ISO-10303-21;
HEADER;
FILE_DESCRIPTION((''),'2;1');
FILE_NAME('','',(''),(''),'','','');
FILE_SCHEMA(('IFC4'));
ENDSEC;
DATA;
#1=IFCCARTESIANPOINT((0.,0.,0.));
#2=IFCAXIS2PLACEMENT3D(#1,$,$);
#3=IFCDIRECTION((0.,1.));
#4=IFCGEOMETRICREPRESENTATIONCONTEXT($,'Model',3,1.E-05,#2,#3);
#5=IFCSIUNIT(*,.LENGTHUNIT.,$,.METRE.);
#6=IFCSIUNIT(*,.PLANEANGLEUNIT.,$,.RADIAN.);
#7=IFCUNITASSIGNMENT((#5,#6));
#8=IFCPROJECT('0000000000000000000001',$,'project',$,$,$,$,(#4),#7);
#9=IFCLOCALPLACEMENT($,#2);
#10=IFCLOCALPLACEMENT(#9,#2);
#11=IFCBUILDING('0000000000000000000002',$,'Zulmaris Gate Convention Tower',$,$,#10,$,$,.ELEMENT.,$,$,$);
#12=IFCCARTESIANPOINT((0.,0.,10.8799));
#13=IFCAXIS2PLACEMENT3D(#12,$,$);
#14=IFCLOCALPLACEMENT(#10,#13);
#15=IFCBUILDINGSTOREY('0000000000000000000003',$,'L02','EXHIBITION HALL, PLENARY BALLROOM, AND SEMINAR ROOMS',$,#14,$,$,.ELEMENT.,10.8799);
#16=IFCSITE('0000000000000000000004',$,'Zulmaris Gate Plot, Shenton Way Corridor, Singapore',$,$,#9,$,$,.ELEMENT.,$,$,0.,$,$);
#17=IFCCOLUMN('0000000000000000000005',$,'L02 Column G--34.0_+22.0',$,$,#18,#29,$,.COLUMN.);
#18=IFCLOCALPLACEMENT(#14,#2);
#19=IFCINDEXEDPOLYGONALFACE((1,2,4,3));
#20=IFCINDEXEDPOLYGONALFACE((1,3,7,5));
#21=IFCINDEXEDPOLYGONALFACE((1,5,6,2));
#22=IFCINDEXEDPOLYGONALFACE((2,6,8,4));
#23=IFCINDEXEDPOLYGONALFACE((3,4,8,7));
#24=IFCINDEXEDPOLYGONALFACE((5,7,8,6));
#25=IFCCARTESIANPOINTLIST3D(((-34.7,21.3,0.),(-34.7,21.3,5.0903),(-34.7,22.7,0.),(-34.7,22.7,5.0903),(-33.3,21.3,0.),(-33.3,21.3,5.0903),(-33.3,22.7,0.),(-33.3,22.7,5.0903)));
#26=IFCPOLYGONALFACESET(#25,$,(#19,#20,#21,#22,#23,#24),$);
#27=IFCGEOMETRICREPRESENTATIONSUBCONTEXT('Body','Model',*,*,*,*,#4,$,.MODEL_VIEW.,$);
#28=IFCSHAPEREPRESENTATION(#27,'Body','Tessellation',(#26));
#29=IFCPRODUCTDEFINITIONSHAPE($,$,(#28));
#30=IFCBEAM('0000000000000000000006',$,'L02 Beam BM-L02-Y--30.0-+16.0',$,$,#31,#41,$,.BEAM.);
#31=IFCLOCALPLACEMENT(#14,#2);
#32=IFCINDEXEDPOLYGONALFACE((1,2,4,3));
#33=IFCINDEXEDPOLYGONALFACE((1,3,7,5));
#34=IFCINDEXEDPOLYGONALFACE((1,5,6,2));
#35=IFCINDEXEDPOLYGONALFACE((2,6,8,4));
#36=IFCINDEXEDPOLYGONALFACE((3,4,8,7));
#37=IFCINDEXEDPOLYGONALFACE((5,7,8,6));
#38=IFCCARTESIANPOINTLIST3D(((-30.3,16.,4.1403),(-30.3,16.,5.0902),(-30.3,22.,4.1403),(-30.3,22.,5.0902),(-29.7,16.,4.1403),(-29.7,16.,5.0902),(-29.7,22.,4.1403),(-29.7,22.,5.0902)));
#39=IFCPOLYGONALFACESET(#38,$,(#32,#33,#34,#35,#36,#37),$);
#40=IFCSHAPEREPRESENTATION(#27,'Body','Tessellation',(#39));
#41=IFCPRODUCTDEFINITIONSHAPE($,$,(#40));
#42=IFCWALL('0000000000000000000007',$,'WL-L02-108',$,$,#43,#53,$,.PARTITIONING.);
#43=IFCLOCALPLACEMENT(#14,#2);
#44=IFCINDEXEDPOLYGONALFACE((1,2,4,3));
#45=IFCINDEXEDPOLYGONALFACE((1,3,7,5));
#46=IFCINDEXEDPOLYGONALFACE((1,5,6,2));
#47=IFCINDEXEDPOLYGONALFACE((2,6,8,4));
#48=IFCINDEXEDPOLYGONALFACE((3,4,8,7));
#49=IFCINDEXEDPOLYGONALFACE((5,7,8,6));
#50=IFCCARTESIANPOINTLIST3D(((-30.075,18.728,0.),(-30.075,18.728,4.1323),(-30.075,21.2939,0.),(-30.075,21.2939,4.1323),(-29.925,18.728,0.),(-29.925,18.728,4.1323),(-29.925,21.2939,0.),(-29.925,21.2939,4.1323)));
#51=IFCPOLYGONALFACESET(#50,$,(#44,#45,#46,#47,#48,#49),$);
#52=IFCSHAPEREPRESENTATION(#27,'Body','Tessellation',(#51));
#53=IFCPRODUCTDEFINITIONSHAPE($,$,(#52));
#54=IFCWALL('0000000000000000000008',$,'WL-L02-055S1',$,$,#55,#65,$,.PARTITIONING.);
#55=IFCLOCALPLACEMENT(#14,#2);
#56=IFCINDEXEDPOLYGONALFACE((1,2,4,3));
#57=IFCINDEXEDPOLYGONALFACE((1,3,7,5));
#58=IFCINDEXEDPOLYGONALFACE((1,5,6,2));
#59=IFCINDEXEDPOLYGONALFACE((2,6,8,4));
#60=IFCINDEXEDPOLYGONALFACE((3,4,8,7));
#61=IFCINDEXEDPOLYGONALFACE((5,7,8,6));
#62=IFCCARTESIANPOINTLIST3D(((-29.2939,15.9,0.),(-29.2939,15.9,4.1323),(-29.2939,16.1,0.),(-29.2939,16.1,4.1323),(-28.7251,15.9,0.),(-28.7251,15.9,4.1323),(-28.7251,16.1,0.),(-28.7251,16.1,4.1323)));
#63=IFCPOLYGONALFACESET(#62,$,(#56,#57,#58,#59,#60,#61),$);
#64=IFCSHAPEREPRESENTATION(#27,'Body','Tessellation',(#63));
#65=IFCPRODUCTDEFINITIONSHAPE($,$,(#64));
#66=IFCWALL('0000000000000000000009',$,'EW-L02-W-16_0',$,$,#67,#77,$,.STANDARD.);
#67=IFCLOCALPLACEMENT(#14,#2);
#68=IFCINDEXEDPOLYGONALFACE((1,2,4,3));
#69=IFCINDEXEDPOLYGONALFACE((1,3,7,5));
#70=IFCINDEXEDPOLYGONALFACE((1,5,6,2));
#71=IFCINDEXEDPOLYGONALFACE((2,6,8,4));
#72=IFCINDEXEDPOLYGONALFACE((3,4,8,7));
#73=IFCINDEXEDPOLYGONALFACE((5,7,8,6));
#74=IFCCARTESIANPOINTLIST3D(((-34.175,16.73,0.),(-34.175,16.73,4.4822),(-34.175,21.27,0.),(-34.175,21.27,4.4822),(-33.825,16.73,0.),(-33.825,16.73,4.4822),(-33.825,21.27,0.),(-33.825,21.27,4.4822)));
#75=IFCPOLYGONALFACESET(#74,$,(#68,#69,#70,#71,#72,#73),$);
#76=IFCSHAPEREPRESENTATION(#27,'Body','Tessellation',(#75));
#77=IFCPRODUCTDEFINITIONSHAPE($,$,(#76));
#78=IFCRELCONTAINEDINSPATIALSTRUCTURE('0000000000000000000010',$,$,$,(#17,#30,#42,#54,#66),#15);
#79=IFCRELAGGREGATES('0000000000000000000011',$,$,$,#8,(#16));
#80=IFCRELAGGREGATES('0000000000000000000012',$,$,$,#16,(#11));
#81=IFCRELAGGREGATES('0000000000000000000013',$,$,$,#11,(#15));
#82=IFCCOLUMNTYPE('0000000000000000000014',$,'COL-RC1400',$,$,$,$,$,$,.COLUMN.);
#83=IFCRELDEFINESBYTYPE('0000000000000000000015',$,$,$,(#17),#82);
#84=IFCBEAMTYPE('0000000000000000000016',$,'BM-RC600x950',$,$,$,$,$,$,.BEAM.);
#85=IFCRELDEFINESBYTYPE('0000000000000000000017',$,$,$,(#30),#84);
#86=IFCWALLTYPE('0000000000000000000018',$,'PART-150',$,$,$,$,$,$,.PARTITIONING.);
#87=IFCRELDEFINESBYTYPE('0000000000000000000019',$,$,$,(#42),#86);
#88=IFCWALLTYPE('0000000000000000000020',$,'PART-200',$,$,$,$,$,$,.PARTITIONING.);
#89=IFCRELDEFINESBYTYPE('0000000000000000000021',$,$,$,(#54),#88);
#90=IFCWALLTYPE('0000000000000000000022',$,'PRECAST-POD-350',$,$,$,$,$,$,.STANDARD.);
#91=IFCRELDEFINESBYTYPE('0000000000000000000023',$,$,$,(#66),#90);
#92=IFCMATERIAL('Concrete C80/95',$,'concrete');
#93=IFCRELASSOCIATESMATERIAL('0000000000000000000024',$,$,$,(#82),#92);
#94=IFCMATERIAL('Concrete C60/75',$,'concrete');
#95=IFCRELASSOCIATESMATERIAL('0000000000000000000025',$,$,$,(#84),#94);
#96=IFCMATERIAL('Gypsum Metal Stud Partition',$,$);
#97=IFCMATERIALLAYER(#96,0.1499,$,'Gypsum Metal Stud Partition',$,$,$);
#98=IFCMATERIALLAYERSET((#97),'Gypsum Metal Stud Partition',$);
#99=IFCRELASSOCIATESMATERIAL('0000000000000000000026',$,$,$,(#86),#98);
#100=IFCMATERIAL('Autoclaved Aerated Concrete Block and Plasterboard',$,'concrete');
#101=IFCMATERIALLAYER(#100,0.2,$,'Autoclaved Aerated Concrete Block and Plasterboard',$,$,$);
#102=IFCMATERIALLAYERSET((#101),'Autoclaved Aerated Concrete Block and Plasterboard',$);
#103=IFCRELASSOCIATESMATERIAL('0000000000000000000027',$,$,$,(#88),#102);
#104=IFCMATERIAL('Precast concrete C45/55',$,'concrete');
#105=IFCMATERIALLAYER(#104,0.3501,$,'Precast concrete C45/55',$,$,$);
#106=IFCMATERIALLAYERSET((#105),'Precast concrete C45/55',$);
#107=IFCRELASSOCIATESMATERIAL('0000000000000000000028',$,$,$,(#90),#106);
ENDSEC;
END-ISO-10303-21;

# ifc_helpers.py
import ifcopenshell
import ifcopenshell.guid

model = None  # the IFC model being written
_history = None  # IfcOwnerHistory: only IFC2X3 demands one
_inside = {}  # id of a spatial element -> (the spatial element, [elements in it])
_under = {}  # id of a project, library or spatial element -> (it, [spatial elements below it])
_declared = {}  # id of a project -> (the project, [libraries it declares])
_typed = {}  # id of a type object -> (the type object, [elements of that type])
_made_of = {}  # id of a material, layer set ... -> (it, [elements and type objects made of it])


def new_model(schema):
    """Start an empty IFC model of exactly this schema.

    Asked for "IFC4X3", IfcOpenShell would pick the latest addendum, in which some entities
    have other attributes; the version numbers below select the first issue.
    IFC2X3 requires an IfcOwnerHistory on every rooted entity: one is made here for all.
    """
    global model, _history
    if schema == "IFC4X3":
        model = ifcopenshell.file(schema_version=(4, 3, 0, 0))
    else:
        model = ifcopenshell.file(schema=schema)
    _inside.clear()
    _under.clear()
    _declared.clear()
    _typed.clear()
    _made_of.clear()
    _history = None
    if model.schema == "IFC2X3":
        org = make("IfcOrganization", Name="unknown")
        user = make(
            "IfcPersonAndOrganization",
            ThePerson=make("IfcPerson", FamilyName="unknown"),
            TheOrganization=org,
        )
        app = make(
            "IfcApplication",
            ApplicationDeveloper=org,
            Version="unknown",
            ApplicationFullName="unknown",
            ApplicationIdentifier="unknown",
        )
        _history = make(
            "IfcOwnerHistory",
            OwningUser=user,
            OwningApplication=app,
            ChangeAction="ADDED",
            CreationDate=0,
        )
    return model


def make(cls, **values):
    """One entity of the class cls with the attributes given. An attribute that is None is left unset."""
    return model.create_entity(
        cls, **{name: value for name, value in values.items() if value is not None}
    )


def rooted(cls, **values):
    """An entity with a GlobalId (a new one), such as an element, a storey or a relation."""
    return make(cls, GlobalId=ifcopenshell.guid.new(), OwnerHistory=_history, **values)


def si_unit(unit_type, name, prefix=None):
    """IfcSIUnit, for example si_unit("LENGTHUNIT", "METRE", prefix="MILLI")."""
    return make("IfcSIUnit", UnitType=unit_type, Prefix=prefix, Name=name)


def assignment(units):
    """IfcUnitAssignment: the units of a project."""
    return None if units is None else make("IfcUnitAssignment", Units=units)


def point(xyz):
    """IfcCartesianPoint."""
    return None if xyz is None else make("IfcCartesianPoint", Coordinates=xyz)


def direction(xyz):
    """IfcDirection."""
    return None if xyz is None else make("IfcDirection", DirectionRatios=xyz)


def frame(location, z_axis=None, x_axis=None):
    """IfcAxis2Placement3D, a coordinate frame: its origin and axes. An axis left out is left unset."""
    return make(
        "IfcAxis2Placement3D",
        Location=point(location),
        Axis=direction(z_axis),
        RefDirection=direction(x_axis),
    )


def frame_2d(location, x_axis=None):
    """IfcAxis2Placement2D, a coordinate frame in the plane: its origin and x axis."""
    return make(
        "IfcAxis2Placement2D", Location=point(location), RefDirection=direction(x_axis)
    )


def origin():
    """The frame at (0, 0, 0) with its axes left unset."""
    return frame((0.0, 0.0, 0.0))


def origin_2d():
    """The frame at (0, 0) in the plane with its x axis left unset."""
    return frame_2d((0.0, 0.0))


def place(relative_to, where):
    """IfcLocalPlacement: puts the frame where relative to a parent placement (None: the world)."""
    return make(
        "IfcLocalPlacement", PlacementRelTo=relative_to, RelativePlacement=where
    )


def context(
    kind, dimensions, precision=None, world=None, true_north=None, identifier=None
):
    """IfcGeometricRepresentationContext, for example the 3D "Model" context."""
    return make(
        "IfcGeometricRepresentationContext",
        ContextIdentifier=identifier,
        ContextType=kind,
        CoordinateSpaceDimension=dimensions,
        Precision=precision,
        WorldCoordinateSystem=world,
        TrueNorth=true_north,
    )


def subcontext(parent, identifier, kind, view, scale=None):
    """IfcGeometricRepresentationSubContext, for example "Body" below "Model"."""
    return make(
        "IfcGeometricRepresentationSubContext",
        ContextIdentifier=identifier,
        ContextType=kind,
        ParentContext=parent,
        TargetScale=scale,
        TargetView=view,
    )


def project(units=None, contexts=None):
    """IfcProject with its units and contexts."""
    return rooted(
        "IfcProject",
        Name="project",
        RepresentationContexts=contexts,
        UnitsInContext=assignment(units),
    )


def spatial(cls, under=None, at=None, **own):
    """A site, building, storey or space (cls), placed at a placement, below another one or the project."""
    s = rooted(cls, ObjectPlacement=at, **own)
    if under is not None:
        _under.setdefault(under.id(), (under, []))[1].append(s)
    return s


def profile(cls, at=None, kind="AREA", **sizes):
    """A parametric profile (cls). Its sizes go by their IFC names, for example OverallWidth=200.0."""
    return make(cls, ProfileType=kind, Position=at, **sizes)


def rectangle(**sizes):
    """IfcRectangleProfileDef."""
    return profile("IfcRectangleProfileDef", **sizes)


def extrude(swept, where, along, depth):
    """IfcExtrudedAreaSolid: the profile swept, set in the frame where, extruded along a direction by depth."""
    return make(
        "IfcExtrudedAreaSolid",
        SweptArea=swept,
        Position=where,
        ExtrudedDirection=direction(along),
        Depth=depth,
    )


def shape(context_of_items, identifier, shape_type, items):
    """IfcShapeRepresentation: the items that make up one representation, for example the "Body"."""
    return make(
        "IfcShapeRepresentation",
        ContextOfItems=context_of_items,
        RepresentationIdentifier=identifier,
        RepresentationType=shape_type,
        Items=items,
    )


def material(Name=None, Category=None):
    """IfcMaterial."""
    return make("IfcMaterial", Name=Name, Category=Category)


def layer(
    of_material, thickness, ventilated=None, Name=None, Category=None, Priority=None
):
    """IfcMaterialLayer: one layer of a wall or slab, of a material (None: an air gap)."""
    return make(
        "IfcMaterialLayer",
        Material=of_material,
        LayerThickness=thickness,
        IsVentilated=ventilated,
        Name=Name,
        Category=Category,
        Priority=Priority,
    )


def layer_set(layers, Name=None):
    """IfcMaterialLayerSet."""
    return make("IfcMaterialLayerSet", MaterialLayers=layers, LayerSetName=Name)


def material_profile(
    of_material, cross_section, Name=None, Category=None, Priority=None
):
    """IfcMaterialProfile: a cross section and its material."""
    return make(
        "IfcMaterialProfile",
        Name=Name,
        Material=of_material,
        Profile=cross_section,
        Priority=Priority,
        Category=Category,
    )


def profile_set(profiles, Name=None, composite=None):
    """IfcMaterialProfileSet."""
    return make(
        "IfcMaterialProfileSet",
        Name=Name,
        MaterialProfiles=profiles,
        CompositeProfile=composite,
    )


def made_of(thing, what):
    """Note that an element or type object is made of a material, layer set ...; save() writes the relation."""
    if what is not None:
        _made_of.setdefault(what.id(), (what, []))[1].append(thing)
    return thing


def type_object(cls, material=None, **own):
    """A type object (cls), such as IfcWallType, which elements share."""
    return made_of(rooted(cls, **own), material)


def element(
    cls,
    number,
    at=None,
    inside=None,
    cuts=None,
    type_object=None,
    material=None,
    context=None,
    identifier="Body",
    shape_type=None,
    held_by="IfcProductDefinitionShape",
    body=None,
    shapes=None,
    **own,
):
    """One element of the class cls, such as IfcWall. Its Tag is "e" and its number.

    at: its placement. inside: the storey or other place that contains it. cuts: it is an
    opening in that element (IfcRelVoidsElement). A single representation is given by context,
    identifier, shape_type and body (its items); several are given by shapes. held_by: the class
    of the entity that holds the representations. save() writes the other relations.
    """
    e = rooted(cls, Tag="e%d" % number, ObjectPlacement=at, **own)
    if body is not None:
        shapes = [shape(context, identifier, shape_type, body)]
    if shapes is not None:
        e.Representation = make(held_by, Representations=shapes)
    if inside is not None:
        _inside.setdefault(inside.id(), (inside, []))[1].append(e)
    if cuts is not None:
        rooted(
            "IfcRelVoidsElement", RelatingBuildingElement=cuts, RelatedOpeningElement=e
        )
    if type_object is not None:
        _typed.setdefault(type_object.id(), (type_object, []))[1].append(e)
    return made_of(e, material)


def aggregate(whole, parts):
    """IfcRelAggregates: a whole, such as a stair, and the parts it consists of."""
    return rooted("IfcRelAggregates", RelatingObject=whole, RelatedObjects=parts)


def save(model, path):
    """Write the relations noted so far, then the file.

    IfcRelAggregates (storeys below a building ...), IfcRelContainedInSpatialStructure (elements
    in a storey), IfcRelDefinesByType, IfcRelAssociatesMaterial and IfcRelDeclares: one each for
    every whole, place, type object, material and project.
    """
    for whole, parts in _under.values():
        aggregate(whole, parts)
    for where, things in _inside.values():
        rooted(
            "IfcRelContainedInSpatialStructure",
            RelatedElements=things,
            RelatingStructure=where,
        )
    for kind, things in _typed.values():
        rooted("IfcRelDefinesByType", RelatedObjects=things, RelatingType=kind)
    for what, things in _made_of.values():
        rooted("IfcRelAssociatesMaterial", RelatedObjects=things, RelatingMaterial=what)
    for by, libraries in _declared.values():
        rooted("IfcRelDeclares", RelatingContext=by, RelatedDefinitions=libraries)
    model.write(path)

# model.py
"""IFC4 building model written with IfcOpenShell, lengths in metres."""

from ifc_helpers import new_model, si_unit, direction, frame, frame_2d, origin, origin_2d, place, context, subcontext, project, spatial, rectangle, extrude, material, layer, layer_set, material_profile, profile_set, type_object, element, save


model = new_model("IFC4")

# Units and contexts
model_context = context("Model", 3, precision=1e-05, world=origin(), true_north=direction((0.0, 1.0)))
body_context = subcontext(model_context, "Body", "Model", "MODEL_VIEW")
ifc_project = project(units=[si_unit("LENGTHUNIT", "METRE"), si_unit("PLANEANGLEUNIT", "RADIAN")], contexts=[model_context])

# Site, building, storey
site_placement = place(None, origin())
site = spatial("IfcSite", under=ifc_project, at=site_placement, Name="Zulmaris Gate Plot, Shenton Way Corridor, Singapore", CompositionType="ELEMENT", RefElevation=0.0)
building_placement = place(site_placement, origin())
building = spatial("IfcBuilding", under=site, at=building_placement, Name="Zulmaris Gate Convention Tower", CompositionType="ELEMENT")
storey_placement = place(building_placement, frame((0.0, 0.0, 10.8799)))
storey = spatial("IfcBuildingStorey", under=building, at=storey_placement, Name="L02", Description="EXHIBITION HALL, PLENARY BALLROOM, AND SEMINAR ROOMS", CompositionType="ELEMENT", Elevation=10.8799)

# Column
ifc_material_1 = material(Name="Concrete C80/95", Category="concrete")
ifc_material_profile_1 = material_profile(ifc_material_1, rectangle(XDim=1.3999, YDim=1.3999, at=origin_2d()), Name="RC COL 1400x1400")
ifc_profile_set_1 = profile_set([ifc_material_profile_1], Name="Concrete C80/95")
column_type = type_object("IfcColumnType", Name="COL-RC1400", PredefinedType="COLUMN", material=ifc_profile_set_1)
column_placement = place(storey_placement, frame((-34.0, 22.0, 0.0), z_axis=(0.0, 0.0, 1.0), x_axis=(1.0, 0.0, 0.0)))
element("IfcColumn", 1, at=column_placement, inside=storey, type_object=column_type, Name="L02 Column G--34.0_+22.0", PredefinedType="COLUMN", context=body_context, shape_type="SweptSolid", body=[
    extrude(rectangle(XDim=1.3999, YDim=1.3999, at=origin_2d()), origin(), (0.0, 0.0, 1.0), 5.0903),
])

# Beam
ifc_material_2 = material(Name="Concrete C60/75", Category="concrete")
ifc_material_profile_2 = material_profile(ifc_material_2, rectangle(XDim=0.6001, YDim=0.95, at=origin_2d()), Name="RC BEAM 600x950")
ifc_profile_set_2 = profile_set([ifc_material_profile_2], Name="Concrete C60/75")
beam_type = type_object("IfcBeamType", Name="BM-RC600x950", PredefinedType="BEAM", material=ifc_profile_set_2)
beam_placement = place(storey_placement, frame((-30.0, 16.0, 4.6152), z_axis=(0.0, 1.0, 0.0), x_axis=(-1.0, 0.0, 0.0)))
element("IfcBeam", 2, at=beam_placement, inside=storey, type_object=beam_type, Name="L02 Beam BM-L02-Y--30.0-+16.0", PredefinedType="BEAM", context=body_context, shape_type="SweptSolid", body=[
    extrude(rectangle(XDim=0.6001, YDim=0.95, at=origin_2d()), origin(), (0.0, 0.0, 1.0), 6.0),
])

# Shared definitions
ifc_material_3 = material(Name="Gypsum Metal Stud Partition")
ifc_layer_1 = layer(ifc_material_3, 0.1499, Name="Gypsum Metal Stud Partition")
ifc_layer_set_1 = layer_set([ifc_layer_1], Name="Gypsum Metal Stud Partition")
wall_type_1 = type_object("IfcWallType", Name="PART-150", PredefinedType="PARTITIONING", material=ifc_layer_set_1)

# Walls
wall_1_placement = place(storey_placement, frame((-30.0, 18.728, 0.0), z_axis=(0.0, 0.0, 1.0), x_axis=(0.0, 1.0, 0.0)))
element("IfcWall", 3, at=wall_1_placement, inside=storey, type_object=wall_type_1, Name="WL-L02-108", PredefinedType="PARTITIONING", context=body_context, shape_type="SweptSolid", body=[
    extrude(rectangle(XDim=2.5659, YDim=0.1499, at=frame_2d((1.283, 0.0))), origin(), (0.0, 0.0, 1.0), 4.1323),
])
ifc_material_4 = material(Name="Autoclaved Aerated Concrete Block and Plasterboard", Category="concrete")
ifc_layer_2 = layer(ifc_material_4, 0.2, Name="Autoclaved Aerated Concrete Block and Plasterboard")
ifc_layer_set_2 = layer_set([ifc_layer_2], Name="Autoclaved Aerated Concrete Block and Plasterboard")
wall_type_2 = type_object("IfcWallType", Name="PART-200", PredefinedType="PARTITIONING", material=ifc_layer_set_2)
wall_2_placement = place(storey_placement, frame((-29.2939, 16.0, 0.0), z_axis=(0.0, 0.0, 1.0), x_axis=(1.0, 0.0, 0.0)))
element("IfcWall", 4, at=wall_2_placement, inside=storey, type_object=wall_type_2, Name="WL-L02-055S1", PredefinedType="PARTITIONING", context=body_context, shape_type="SweptSolid", body=[
    extrude(rectangle(XDim=0.5688, YDim=0.2, at=frame_2d((0.2844, 0.0))), origin(), (0.0, 0.0, 1.0), 4.1323),
])
ifc_material_5 = material(Name="Precast concrete C45/55", Category="concrete")
ifc_layer_3 = layer(ifc_material_5, 0.3501, Name="Precast concrete C45/55")
ifc_layer_set_3 = layer_set([ifc_layer_3], Name="Precast concrete C45/55")
wall_type_3 = type_object("IfcWallType", Name="PRECAST-POD-350", PredefinedType="STANDARD", material=ifc_layer_set_3)
wall_3_placement = place(storey_placement, frame((-34.0, 16.73, 0.0), z_axis=(0.0, 0.0, 1.0), x_axis=(0.0, 1.0, 0.0)))
element("IfcWall", 5, at=wall_3_placement, inside=storey, type_object=wall_type_3, Name="EW-L02-W-16_0", PredefinedType="STANDARD", context=body_context, shape_type="SweptSolid", body=[
    extrude(rectangle(XDim=4.54, YDim=0.3501, at=frame_2d((2.27, 0.0))), origin(), (0.0, 0.0, 1.0), 4.4822),
])

save(model, "model.ifc")
